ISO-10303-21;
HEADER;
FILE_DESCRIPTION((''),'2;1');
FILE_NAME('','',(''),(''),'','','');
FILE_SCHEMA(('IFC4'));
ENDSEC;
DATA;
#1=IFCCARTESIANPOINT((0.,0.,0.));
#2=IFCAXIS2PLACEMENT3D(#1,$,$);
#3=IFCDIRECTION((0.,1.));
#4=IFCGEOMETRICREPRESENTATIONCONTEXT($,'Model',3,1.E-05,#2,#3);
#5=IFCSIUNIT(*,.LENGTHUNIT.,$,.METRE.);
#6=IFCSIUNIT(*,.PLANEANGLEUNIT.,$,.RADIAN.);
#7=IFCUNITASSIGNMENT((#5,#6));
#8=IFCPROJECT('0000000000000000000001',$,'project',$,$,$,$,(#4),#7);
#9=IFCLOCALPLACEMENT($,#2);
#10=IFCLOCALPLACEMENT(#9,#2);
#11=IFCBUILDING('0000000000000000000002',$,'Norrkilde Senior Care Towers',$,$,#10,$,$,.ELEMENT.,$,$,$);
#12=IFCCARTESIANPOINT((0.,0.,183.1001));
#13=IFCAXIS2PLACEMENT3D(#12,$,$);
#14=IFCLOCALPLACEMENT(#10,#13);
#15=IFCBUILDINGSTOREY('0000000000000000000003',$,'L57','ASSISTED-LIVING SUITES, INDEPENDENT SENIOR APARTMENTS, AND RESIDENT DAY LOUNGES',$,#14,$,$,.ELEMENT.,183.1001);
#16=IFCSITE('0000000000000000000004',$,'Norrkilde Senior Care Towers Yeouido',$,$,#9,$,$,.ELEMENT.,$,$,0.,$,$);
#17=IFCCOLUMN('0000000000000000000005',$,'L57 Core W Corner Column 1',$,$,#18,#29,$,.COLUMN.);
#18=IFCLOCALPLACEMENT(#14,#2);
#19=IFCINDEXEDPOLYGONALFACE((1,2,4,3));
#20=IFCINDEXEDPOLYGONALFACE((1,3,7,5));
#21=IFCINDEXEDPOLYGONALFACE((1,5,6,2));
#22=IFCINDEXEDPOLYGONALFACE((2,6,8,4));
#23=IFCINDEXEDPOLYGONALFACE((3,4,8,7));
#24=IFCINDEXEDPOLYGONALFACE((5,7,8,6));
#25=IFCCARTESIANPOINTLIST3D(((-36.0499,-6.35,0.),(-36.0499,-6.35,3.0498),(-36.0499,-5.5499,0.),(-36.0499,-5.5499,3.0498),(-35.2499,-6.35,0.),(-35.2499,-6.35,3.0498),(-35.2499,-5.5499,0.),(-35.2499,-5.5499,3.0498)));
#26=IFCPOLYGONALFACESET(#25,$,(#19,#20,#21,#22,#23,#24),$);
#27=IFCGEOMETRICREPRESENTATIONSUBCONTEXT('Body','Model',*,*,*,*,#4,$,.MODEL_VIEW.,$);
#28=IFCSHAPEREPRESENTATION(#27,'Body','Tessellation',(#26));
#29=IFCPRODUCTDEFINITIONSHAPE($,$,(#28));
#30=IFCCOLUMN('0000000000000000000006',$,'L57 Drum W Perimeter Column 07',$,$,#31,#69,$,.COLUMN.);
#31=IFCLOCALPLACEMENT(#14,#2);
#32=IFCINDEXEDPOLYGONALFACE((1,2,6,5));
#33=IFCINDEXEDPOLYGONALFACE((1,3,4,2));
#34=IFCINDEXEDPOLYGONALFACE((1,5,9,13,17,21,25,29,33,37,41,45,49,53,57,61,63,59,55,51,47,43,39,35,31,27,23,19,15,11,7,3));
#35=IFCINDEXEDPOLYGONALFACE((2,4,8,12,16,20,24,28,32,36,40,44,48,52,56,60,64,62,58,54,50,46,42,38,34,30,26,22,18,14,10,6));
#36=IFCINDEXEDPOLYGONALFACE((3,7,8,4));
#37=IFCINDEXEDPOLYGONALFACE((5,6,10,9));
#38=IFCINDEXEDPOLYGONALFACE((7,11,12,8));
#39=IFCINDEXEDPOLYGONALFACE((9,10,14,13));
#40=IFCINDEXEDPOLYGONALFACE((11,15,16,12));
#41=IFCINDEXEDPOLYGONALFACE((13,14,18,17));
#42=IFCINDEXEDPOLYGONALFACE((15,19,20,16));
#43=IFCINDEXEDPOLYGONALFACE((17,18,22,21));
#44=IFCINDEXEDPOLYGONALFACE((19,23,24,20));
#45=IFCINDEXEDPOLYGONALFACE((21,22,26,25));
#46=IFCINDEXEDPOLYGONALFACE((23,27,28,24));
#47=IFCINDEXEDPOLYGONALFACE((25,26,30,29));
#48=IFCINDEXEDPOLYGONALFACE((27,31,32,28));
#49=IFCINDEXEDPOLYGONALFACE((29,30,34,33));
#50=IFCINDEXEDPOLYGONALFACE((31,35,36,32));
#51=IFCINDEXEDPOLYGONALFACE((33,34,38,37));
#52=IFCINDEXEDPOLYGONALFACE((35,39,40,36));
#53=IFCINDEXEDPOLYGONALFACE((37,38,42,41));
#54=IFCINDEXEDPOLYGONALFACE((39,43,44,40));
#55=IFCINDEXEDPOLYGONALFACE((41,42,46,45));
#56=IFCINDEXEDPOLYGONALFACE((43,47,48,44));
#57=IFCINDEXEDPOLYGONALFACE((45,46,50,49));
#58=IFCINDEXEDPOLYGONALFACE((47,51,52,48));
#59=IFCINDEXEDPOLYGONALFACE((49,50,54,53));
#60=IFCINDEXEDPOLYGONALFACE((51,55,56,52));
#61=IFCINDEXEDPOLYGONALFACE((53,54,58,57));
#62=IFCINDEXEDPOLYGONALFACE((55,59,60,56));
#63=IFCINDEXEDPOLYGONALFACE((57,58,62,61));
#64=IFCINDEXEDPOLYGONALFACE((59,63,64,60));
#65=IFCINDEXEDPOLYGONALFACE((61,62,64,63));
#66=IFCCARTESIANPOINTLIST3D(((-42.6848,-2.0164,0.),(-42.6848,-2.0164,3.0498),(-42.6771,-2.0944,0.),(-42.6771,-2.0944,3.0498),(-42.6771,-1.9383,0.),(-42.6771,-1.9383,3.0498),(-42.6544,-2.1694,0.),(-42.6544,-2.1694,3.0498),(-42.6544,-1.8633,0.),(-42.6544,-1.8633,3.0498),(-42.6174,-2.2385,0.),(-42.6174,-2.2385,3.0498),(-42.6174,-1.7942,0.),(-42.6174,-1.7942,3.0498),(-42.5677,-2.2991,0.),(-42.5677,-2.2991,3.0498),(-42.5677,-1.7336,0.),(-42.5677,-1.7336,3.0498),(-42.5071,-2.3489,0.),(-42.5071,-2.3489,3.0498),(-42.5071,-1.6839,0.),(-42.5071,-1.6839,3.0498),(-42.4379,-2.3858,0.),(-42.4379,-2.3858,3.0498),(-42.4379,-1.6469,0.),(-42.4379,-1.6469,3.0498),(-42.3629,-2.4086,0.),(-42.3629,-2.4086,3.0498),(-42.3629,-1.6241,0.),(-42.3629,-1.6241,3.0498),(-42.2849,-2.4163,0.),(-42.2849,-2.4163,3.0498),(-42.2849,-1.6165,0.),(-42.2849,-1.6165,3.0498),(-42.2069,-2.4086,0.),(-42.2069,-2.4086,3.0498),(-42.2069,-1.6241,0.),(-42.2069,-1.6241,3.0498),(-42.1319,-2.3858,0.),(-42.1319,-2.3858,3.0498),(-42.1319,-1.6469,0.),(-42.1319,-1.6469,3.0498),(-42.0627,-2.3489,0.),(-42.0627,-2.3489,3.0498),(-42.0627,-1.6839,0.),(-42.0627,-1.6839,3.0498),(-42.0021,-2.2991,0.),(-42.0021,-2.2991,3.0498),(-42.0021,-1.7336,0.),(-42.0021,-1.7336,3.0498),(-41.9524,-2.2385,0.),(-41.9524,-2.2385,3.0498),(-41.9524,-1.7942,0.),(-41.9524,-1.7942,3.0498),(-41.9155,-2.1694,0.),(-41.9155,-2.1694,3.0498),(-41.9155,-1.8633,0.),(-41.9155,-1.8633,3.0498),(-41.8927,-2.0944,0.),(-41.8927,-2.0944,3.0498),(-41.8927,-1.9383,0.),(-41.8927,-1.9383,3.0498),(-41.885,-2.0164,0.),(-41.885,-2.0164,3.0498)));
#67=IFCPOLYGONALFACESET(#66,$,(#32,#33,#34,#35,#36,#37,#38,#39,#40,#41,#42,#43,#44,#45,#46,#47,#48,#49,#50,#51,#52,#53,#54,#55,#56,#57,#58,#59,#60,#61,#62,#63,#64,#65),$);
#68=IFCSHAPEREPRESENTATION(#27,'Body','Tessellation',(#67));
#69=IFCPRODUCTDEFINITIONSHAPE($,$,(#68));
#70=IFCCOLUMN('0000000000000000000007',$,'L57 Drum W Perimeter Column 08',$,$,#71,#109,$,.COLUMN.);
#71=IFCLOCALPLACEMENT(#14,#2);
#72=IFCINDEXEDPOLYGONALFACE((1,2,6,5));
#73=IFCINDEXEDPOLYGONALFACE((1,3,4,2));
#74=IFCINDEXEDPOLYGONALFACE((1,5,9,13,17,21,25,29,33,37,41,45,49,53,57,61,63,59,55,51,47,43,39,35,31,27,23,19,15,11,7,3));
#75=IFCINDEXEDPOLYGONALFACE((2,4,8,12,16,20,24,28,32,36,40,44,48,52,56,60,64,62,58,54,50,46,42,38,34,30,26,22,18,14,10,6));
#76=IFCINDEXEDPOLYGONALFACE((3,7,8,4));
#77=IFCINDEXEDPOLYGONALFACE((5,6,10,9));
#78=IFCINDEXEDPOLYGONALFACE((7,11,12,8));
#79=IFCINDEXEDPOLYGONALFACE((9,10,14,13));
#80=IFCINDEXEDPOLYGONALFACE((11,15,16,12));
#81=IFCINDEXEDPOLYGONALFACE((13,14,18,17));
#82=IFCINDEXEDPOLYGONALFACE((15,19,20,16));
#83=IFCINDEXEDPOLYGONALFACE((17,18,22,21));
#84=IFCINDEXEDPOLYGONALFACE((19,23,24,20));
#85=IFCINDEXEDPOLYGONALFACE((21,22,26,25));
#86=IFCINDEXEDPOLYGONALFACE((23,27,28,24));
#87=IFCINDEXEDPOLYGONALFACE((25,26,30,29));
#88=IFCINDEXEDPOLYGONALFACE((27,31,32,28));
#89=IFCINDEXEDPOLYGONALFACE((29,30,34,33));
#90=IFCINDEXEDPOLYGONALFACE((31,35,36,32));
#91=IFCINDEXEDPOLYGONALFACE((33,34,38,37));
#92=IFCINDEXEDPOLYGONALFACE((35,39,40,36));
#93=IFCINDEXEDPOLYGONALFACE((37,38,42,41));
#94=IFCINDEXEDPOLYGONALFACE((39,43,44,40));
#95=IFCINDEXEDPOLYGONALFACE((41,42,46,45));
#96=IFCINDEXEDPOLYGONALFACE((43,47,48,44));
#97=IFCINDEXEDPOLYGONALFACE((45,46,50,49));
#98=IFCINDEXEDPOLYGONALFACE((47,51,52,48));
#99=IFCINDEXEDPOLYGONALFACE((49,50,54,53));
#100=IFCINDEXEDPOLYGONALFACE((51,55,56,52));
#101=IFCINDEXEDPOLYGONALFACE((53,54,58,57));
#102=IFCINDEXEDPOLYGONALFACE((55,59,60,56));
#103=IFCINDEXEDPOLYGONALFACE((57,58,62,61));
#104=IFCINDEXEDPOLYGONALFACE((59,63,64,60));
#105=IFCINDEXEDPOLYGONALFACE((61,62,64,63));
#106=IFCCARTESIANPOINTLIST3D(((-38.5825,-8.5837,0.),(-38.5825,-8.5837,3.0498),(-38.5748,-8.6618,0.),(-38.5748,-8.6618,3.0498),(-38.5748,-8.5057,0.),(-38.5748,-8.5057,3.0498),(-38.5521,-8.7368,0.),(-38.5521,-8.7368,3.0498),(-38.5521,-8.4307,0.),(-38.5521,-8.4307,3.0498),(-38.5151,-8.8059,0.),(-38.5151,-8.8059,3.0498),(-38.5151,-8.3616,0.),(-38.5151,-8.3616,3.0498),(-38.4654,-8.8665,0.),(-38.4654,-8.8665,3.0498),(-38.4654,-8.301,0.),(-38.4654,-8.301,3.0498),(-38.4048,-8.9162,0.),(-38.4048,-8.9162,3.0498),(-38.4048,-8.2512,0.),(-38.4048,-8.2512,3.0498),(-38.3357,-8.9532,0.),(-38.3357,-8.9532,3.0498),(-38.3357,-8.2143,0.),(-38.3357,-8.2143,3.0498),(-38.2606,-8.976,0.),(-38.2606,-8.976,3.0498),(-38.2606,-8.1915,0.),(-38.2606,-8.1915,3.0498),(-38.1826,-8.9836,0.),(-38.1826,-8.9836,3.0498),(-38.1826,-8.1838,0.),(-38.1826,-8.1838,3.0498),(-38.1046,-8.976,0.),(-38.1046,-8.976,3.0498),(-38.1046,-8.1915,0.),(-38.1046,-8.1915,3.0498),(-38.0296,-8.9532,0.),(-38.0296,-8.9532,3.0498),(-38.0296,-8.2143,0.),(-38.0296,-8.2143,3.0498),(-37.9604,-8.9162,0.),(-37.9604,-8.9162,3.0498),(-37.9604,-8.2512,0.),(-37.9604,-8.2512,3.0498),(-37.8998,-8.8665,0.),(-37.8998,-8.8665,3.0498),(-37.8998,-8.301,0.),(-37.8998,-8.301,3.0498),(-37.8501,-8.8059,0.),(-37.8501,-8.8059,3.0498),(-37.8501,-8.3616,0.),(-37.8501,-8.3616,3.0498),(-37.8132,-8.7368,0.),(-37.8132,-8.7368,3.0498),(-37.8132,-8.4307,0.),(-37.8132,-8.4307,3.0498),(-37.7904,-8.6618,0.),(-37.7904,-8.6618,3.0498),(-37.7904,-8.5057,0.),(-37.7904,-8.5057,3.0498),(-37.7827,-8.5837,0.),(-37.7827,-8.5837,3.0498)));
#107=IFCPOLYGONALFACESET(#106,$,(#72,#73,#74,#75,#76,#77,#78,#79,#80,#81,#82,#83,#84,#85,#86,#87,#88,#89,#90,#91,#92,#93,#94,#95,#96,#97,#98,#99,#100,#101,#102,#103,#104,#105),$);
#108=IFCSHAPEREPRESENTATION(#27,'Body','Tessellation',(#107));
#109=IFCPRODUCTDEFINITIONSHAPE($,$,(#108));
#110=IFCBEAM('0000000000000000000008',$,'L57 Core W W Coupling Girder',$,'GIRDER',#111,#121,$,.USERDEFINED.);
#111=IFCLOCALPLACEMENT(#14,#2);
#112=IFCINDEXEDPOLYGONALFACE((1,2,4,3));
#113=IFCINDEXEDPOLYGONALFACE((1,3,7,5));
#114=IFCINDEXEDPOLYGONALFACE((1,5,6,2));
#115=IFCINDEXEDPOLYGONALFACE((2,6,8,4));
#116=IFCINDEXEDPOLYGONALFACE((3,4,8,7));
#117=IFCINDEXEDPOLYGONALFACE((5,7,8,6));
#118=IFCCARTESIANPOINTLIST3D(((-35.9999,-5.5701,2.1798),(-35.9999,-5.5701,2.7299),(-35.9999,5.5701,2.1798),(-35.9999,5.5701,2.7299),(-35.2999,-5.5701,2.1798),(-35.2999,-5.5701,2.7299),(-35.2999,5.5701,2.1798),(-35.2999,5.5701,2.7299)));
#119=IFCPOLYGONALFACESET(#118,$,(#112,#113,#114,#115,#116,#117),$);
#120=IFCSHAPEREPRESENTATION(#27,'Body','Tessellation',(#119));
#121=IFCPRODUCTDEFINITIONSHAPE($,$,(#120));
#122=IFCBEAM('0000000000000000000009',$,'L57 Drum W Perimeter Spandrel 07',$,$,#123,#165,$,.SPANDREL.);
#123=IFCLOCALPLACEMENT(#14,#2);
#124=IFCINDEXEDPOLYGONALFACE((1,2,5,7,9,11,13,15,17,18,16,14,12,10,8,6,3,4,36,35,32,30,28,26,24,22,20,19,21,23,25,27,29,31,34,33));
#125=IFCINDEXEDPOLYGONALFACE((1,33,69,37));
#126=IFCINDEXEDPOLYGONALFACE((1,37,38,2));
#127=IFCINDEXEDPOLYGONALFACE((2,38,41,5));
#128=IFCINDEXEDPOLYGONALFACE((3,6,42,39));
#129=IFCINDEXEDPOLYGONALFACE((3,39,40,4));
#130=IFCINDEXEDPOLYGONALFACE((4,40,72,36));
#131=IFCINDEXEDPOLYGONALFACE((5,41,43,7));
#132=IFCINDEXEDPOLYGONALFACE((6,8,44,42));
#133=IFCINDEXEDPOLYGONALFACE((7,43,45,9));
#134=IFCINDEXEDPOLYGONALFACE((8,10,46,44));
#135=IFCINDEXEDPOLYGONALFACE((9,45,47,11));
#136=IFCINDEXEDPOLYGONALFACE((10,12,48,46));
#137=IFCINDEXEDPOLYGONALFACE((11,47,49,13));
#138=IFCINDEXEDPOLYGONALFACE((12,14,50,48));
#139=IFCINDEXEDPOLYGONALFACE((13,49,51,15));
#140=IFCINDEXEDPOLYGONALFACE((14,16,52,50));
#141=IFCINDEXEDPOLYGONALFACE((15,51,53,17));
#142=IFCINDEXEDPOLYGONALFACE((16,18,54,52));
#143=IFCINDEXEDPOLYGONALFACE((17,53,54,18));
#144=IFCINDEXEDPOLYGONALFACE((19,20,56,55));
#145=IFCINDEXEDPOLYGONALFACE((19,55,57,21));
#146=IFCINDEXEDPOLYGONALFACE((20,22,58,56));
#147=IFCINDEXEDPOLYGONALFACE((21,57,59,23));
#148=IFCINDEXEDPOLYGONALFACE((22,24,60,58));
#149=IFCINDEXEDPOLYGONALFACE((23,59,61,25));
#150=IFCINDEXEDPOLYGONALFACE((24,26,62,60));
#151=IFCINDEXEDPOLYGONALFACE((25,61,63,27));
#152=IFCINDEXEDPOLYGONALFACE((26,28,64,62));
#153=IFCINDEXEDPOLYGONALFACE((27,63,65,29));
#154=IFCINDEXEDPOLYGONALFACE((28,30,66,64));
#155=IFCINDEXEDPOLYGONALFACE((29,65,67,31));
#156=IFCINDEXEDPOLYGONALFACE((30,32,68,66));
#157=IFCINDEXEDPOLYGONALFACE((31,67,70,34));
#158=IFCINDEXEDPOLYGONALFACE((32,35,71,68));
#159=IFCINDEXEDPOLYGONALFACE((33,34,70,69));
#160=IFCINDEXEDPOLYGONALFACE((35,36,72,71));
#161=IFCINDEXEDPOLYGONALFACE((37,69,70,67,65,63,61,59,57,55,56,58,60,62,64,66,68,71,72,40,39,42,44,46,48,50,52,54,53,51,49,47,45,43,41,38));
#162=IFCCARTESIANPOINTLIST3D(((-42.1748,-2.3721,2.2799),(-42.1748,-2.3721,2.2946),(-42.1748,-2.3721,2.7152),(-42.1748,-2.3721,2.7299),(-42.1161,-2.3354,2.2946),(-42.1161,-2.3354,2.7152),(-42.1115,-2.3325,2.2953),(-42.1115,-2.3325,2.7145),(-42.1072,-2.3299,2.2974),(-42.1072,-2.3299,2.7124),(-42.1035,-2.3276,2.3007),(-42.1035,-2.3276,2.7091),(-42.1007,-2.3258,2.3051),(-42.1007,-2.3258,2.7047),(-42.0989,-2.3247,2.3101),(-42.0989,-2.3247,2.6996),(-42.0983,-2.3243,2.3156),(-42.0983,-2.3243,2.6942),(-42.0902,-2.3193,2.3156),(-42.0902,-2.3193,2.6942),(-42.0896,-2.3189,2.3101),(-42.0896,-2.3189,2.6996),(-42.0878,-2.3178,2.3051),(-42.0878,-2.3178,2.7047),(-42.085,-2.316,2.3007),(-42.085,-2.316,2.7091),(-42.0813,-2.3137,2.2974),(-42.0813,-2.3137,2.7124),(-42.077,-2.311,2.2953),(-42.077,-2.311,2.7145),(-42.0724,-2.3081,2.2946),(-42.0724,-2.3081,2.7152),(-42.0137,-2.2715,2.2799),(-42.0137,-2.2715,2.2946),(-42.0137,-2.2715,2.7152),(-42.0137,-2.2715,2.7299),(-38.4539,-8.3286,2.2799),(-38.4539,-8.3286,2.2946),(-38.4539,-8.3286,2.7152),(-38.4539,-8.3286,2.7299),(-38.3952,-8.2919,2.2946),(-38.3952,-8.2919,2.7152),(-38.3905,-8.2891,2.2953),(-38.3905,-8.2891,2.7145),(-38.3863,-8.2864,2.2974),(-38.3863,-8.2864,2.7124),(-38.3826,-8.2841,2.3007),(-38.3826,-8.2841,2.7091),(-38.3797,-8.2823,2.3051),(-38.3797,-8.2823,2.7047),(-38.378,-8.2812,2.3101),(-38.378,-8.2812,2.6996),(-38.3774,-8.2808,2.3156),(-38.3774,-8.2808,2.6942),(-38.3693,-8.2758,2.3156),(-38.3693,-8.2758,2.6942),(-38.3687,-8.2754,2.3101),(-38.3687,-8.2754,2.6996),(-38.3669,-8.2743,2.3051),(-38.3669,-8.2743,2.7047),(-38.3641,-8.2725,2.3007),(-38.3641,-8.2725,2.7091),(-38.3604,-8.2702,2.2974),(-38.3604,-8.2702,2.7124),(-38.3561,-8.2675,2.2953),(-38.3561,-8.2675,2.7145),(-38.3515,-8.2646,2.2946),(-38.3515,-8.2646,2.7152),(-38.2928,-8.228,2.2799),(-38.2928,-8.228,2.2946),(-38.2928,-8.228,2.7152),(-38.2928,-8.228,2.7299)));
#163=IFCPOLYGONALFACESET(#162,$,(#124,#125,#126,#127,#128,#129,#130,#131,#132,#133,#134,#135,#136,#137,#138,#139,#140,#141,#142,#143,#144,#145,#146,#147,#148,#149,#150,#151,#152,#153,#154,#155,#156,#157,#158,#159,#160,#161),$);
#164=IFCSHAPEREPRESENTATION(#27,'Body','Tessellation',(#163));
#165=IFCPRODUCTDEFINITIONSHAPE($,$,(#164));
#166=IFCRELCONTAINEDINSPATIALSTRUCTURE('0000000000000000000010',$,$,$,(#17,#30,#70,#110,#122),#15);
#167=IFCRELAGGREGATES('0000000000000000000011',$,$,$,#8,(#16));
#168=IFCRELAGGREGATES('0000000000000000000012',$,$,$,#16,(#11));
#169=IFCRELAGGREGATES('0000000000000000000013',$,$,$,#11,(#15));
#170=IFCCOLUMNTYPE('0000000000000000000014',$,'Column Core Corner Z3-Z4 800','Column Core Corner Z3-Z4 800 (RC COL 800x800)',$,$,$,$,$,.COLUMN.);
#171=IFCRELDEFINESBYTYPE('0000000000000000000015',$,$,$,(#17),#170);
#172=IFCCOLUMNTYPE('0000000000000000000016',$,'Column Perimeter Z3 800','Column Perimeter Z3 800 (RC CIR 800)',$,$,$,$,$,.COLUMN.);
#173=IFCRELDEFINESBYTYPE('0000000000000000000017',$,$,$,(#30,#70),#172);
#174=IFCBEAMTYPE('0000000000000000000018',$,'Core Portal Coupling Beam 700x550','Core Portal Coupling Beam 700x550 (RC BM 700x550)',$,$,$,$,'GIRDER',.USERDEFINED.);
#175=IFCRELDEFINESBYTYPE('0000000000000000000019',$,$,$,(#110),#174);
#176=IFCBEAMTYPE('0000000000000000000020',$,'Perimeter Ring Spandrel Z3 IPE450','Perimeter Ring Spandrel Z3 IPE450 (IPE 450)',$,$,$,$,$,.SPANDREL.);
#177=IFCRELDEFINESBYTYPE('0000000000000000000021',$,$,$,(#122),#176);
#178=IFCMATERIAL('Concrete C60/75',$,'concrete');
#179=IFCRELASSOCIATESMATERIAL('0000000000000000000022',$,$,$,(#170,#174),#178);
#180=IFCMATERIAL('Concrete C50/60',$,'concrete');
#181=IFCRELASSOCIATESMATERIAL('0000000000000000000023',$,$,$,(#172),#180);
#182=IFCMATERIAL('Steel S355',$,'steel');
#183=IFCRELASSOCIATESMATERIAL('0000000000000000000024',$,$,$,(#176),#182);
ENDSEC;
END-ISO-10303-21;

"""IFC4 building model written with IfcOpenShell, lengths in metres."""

from ifc_helpers import new_model, si_unit, direction, frame, origin, origin_2d, place, context, subcontext, project, spatial, rectangle, circle, i_section, extrude, source, transform, mapped, material, material_profile, profile_set, type_object, type_shapes, element, save


model = new_model("IFC4")

# Units and contexts
model_context = context("Model", 3, precision=1e-05, world=origin(), true_north=direction((0.0, 1.0)))
body_context = subcontext(model_context, "Body", "Model", "MODEL_VIEW")
ifc_project = project(units=[si_unit("LENGTHUNIT", "METRE"), si_unit("PLANEANGLEUNIT", "RADIAN")], contexts=[model_context])

# Site, building, storey
site_placement = place(None, origin())
site = spatial("IfcSite", under=ifc_project, at=site_placement, Name="Norrkilde Senior Care Towers Yeouido", CompositionType="ELEMENT", RefElevation=0.0)
building_placement = place(site_placement, origin())
building = spatial("IfcBuilding", under=site, at=building_placement, Name="Norrkilde Senior Care Towers", CompositionType="ELEMENT")
storey_placement = place(building_placement, frame((0.0, 0.0, 183.1001)))
storey = spatial("IfcBuildingStorey", under=building, at=storey_placement, Name="L57", Description="ASSISTED-LIVING SUITES, INDEPENDENT SENIOR APARTMENTS, AND RESIDENT DAY LOUNGES", CompositionType="ELEMENT", Elevation=183.1001)

# Columns
ifc_material_1 = material(Name="Concrete C60/75", Category="concrete")
ifc_material_profile_1 = material_profile(ifc_material_1, rectangle(XDim=0.8, YDim=0.8, at=origin_2d()), Name="RC COL 800x800")
ifc_profile_set_1 = profile_set([ifc_material_profile_1], Name="Concrete C60/75")
column_type_1 = type_object("IfcColumnType", Name="Column Core Corner Z3-Z4 800", Description="Column Core Corner Z3-Z4 800 (RC COL 800x800)", PredefinedType="COLUMN", material=ifc_profile_set_1)
shared_shape_1 = source(origin(), body_context, "Body", "SweptSolid", [
    extrude(rectangle(XDim=0.8, YDim=0.8, at=origin_2d()), origin(), (0.0, 0.0, 1.0), 3.0498),
])
type_shapes(column_type_1, [shared_shape_1])
column_placement = place(storey_placement, frame((-35.6499, -5.95, 0.0), z_axis=(0.0, 0.0, 1.0), x_axis=(1.0, 0.0, 0.0)))
element("IfcColumn", 1, at=column_placement, inside=storey, type_object=column_type_1, Name="L57 Core W Corner Column 1", PredefinedType="COLUMN", context=body_context, shape_type="MappedRepresentation", body=[
    mapped(shared_shape_1, transform((0.0, 0.0, 0.0), x_axis=(1.0, 0.0, 0.0), y_axis=(0.0, 1.0, 0.0), z_axis=(0.0, 0.0, 1.0), scale=1.0)),
])
ifc_material_2 = material(Name="Concrete C50/60", Category="concrete")
ifc_material_profile_2 = material_profile(ifc_material_2, circle(Radius=0.3999, at=origin_2d()), Name="RC CIR 800")
ifc_profile_set_2 = profile_set([ifc_material_profile_2], Name="Concrete C50/60")
column_type_2 = type_object("IfcColumnType", Name="Column Perimeter Z3 800", Description="Column Perimeter Z3 800 (RC CIR 800)", PredefinedType="COLUMN", material=ifc_profile_set_2)
shared_shape_2 = source(origin(), body_context, "Body", "SweptSolid", [
    extrude(circle(Radius=0.3999, at=origin_2d()), origin(), (0.0, 0.0, 1.0), 3.0498),
])
type_shapes(column_type_2, [shared_shape_2])
for number, where, z_axis, x_axis, name in (
    (2, (-42.2849, -2.0164, 0.0), (0.0, 0.0, 1.0), (1.0, 0.0, 0.0), "L57 Drum W Perimeter Column 07"),
    (3, (-38.1826, -8.5837, 0.0), (0.0, 0.0, 1.0), (1.0, 0.0, 0.0), "L57 Drum W Perimeter Column 08"),
):
    element("IfcColumn", number, at=place(storey_placement, frame(where, z_axis=z_axis, x_axis=x_axis)), inside=storey, type_object=column_type_2, Name=name, PredefinedType="COLUMN", context=body_context, shape_type="MappedRepresentation", body=[
        mapped(shared_shape_2, transform((0.0, 0.0, 0.0), x_axis=(1.0, 0.0, 0.0), y_axis=(0.0, 1.0, 0.0), z_axis=(0.0, 0.0, 1.0), scale=1.0)),
    ])

# Beams
ifc_material_profile_3 = material_profile(ifc_material_1, rectangle(XDim=0.7, YDim=0.55, at=origin_2d()), Name="RC BM 700x550")
ifc_profile_set_3 = profile_set([ifc_material_profile_3], Name="Concrete C60/75")
beam_type_1 = type_object("IfcBeamType", Name="Core Portal Coupling Beam 700x550", Description="Core Portal Coupling Beam 700x550 (RC BM 700x550)", ElementType="GIRDER", PredefinedType="USERDEFINED", material=ifc_profile_set_3)
shared_shape_3 = source(origin(), body_context, "Body", "SweptSolid", [
    extrude(rectangle(XDim=0.7, YDim=0.55, at=origin_2d()), origin(), (0.0, 0.0, 1.0), 11.1401),
])
type_shapes(beam_type_1, [shared_shape_3])
beam_1_placement = place(storey_placement, frame((-35.6499, -5.5701, 2.4548), z_axis=(0.0, 1.0, 0.0), x_axis=(-1.0, 0.0, 0.0)))
element("IfcBeam", 4, at=beam_1_placement, inside=storey, type_object=beam_type_1, Name="L57 Core W W Coupling Girder", ObjectType="GIRDER", PredefinedType="USERDEFINED", context=body_context, shape_type="MappedRepresentation", body=[
    mapped(shared_shape_3, transform((0.0, 0.0, 0.0), x_axis=(1.0, 0.0, 0.0), y_axis=(0.0, 1.0, 0.0), z_axis=(0.0, 0.0, 1.0), scale=1.0)),
])
ifc_material_3 = material(Name="Steel S355", Category="steel")
ifc_material_profile_4 = material_profile(ifc_material_3, i_section(OverallWidth=0.1899, OverallDepth=0.45, WebThickness=0.0095, FlangeThickness=0.0146, FilletRadius=0.021, at=origin_2d()), Name="IPE 450")
ifc_profile_set_4 = profile_set([ifc_material_profile_4], Name="Steel S355")
beam_type_2 = type_object("IfcBeamType", Name="Perimeter Ring Spandrel Z3 IPE450", Description="Perimeter Ring Spandrel Z3 IPE450 (IPE 450)", PredefinedType="SPANDREL", material=ifc_profile_set_4)
shared_shape_4 = source(origin(), body_context, "Body", "SweptSolid", [
    extrude(i_section(OverallWidth=0.1899, OverallDepth=0.45, WebThickness=0.0095, FlangeThickness=0.0146, FilletRadius=0.021, at=origin_2d()), origin(), (0.0, 0.0, 1.0), 7.0232),
])
beam_2_placement = place(storey_placement, frame((-42.0942, -2.3218, 2.5049), z_axis=(0.529805, -0.848119, 0.0), x_axis=(0.848119, 0.529805, 0.0)))
element("IfcBeam", 5, at=beam_2_placement, inside=storey, type_object=beam_type_2, Name="L57 Drum W Perimeter Spandrel 07", PredefinedType="SPANDREL", context=body_context, shape_type="MappedRepresentation", body=[
    mapped(shared_shape_4, transform((0.0, 0.0, 0.0), x_axis=(1.0, 0.0, 0.0), y_axis=(0.0, 1.0, 0.0), z_axis=(0.0, 0.0, 1.0), scale=1.0)),
])

save(model, "model.ifc")
